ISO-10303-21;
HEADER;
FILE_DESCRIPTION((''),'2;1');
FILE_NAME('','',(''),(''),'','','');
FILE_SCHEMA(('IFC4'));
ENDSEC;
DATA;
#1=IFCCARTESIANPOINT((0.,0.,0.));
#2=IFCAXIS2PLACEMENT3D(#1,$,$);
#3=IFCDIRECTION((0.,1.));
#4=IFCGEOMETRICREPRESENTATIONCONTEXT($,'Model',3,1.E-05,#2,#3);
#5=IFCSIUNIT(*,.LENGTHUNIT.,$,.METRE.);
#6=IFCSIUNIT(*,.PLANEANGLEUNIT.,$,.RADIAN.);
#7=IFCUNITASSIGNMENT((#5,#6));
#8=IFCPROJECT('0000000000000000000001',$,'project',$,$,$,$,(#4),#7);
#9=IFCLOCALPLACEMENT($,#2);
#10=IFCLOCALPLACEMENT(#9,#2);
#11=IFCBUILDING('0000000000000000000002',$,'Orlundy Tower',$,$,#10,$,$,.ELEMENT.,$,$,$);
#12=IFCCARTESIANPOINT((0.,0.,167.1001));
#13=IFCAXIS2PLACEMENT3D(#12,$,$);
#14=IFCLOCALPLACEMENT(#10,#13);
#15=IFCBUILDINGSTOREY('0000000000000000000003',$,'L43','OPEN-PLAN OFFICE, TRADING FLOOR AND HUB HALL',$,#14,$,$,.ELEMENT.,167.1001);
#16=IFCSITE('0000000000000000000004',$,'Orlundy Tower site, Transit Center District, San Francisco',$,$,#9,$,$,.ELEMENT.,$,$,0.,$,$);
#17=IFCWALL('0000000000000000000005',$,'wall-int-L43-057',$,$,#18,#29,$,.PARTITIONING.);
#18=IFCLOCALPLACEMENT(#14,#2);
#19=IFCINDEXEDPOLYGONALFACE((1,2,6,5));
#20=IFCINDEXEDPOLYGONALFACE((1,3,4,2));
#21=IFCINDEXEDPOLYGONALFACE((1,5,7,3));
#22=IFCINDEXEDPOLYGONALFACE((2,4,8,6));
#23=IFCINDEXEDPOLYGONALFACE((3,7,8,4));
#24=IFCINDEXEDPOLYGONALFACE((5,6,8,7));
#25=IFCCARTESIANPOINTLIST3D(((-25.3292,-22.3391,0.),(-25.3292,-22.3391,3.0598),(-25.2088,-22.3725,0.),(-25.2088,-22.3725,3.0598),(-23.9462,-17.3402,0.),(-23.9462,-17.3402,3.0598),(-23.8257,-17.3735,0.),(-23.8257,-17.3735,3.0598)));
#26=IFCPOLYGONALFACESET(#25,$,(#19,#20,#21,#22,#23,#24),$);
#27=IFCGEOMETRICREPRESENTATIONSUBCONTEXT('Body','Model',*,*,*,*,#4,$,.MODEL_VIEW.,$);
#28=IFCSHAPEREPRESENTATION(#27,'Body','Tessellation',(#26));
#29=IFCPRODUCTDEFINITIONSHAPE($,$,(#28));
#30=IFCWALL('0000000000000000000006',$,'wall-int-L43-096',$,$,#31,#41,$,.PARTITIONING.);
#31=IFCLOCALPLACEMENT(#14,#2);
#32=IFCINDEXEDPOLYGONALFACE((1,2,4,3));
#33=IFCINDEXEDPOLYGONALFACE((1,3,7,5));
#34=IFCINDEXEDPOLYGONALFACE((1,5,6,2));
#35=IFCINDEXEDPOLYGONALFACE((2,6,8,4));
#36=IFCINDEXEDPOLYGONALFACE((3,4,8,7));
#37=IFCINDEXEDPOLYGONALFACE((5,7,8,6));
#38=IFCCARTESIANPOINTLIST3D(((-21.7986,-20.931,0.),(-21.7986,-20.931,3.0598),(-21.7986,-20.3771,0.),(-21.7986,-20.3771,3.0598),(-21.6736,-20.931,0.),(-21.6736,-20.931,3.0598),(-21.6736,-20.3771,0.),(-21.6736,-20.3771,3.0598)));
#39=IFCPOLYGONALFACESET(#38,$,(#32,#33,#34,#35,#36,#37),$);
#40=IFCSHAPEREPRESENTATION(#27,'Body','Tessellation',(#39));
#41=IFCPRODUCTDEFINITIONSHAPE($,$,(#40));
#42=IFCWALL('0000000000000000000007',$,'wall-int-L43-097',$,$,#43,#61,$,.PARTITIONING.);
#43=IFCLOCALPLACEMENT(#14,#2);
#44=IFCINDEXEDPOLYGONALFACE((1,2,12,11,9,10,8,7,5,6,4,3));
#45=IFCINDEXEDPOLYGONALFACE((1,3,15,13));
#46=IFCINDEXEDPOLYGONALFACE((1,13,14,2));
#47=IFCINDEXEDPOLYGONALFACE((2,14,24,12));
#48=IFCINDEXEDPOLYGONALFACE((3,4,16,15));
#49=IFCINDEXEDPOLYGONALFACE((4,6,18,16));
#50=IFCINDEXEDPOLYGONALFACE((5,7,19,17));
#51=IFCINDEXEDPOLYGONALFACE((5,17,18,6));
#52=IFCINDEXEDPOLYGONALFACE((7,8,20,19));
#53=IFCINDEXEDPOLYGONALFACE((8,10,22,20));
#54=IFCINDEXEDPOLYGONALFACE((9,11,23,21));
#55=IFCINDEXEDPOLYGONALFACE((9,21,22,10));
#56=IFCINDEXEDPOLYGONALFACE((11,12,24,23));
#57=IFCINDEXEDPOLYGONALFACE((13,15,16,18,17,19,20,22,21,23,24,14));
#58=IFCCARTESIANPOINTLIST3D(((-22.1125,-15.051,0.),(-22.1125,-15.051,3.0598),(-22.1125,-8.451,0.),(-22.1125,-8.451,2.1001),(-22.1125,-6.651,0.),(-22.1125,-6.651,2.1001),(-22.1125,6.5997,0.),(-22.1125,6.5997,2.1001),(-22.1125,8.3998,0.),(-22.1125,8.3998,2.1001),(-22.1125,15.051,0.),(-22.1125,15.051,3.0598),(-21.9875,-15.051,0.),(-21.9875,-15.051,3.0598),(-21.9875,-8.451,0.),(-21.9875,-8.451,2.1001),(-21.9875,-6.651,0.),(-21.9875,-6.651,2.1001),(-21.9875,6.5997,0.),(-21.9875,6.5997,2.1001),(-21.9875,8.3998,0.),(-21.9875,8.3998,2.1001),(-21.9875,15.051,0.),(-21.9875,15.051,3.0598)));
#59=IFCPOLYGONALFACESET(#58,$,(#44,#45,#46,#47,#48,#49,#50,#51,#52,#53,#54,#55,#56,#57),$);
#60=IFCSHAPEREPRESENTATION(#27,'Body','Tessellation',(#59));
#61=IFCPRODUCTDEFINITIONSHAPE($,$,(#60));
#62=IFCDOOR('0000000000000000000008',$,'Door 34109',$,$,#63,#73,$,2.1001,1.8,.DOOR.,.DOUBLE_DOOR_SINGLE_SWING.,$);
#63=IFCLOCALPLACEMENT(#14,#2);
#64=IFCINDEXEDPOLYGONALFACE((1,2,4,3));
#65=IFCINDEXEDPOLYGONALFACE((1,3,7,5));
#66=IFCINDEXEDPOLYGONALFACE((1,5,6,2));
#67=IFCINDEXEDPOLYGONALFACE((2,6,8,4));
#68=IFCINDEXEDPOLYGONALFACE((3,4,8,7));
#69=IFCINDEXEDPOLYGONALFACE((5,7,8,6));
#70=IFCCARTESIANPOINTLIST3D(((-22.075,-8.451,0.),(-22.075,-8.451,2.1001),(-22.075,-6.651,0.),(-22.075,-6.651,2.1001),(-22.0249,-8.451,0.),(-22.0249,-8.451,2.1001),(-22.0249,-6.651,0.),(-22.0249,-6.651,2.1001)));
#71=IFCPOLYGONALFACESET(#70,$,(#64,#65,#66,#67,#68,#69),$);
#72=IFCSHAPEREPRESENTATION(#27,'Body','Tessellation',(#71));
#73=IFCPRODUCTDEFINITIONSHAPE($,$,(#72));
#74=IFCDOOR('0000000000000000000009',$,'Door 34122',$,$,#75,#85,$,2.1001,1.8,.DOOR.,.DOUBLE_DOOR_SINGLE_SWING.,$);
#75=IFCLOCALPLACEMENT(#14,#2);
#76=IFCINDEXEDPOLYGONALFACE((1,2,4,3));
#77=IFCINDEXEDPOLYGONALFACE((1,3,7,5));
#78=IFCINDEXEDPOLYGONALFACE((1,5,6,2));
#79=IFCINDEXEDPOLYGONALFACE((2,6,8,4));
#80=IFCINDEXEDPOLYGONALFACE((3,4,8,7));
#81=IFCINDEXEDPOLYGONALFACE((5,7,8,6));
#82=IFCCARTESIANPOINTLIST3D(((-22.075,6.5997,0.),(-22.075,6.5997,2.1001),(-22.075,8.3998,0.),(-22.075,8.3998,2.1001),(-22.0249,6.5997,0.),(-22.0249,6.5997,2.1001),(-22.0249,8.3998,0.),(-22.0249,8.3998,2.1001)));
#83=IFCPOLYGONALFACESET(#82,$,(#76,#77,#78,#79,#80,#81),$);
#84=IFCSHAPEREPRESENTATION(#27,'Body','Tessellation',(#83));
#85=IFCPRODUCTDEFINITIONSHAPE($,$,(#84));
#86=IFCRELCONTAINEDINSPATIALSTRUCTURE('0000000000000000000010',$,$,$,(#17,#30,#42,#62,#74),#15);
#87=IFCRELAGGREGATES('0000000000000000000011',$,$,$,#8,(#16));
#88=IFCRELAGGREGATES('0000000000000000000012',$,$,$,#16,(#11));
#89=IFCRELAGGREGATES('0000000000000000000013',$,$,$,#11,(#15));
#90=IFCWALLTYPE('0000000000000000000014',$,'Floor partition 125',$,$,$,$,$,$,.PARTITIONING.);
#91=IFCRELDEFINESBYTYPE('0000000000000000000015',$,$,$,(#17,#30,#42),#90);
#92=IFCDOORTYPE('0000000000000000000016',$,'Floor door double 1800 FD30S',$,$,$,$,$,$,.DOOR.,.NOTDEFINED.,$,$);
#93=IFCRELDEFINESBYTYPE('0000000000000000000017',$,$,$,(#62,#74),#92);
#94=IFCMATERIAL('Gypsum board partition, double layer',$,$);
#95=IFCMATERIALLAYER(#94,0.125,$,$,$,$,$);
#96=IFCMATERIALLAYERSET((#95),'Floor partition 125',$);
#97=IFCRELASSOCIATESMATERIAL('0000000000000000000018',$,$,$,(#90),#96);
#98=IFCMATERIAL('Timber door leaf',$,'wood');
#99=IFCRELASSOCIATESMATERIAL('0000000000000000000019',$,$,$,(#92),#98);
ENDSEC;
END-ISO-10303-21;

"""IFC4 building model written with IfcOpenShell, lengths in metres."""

from ifc_helpers import new_model, si_unit, direction, frame, frame_2d, origin, place, context, subcontext, project, spatial, rectangle, extrude, material, layer, layer_set, type_object, element, fill, save


model = new_model("IFC4")

# Units and contexts
model_context = context("Model", 3, precision=1e-05, world=origin(), true_north=direction((0.0, 1.0)))
body_context = subcontext(model_context, "Body", "Model", "MODEL_VIEW")
ifc_project = project(units=[si_unit("LENGTHUNIT", "METRE"), si_unit("PLANEANGLEUNIT", "RADIAN")], contexts=[model_context])

# Site, building, storey
site_placement = place(None, origin())
site = spatial("IfcSite", under=ifc_project, at=site_placement, Name="Orlundy Tower site, Transit Center District, San Francisco", CompositionType="ELEMENT", RefElevation=0.0)
building_placement = place(site_placement, origin())
building = spatial("IfcBuilding", under=site, at=building_placement, Name="Orlundy Tower", CompositionType="ELEMENT")
storey_placement = place(building_placement, frame((0.0, 0.0, 167.1001)))
storey = spatial("IfcBuildingStorey", under=building, at=storey_placement, Name="L43", Description="OPEN-PLAN OFFICE, TRADING FLOOR AND HUB HALL", CompositionType="ELEMENT", Elevation=167.1001)

# Shared definitions
ifc_material_1 = material(Name="Gypsum board partition, double layer")
ifc_layer_1 = layer(ifc_material_1, 0.125)
ifc_layer_set_1 = layer_set([ifc_layer_1], Name="Floor partition 125")
wall_type = type_object("IfcWallType", Name="Floor partition 125", PredefinedType="PARTITIONING", material=ifc_layer_set_1)

# Walls
wall_1_placement = place(storey_placement, frame((-23.886, -17.3569, 0.0), z_axis=(0.0, 0.0, 1.0), x_axis=(-0.266648, -0.963794, 0.0)))
element("IfcWall", 1, at=wall_1_placement, inside=storey, type_object=wall_type, Name="wall-int-L43-057", PredefinedType="PARTITIONING", context=body_context, shape_type="SweptSolid", body=[
    extrude(rectangle(XDim=5.1868, YDim=0.125, at=frame_2d((2.5933, 0.0))), origin(), (0.0, 0.0, 1.0), 3.0598),
])
wall_2_placement = place(storey_placement, frame((-21.7361, -20.9309, 0.0), z_axis=(0.0, 0.0, 1.0), x_axis=(0.0, 1.0, 0.0)))
element("IfcWall", 2, at=wall_2_placement, inside=storey, type_object=wall_type, Name="wall-int-L43-096", PredefinedType="PARTITIONING", context=body_context, shape_type="SweptSolid", body=[
    extrude(rectangle(XDim=0.554, YDim=0.125, at=frame_2d((0.2769, 0.0))), origin(), (0.0, 0.0, 1.0), 3.0598),
])

# Wall, openings, doors
wall_3_placement = place(storey_placement, frame((-22.05, -15.051, 0.0), z_axis=(0.0, 0.0, 1.0), x_axis=(0.0, 1.0, 0.0)))
wall_3 = element("IfcWall", 3, at=wall_3_placement, inside=storey, type_object=wall_type, Name="wall-int-L43-097", PredefinedType="PARTITIONING", context=body_context, shape_type="SweptSolid", body=[
    extrude(rectangle(XDim=30.1021, YDim=0.125, at=frame_2d((15.051, 0.0))), origin(), (0.0, 0.0, 1.0), 3.0598),
])
opening_1_placement = place(wall_3_placement, frame((6.6001, 0.0, 0.0)))
opening_1 = element("IfcOpeningElement", 4, at=opening_1_placement, cuts=wall_3, PredefinedType="OPENING", context=body_context, shape_type="SweptSolid", body=[
    extrude(rectangle(XDim=1.8, YDim=2.1001, at=frame_2d((0.8999, 1.05))), frame((0.0, 0.0725, 0.0), z_axis=(0.0, -1.0, 0.0), x_axis=(1.0, 0.0, 0.0)), (0.0, 0.0, 1.0), 0.145),
])
opening_2_placement = place(wall_3_placement, frame((21.6509, 0.0, 0.0)))
opening_2 = element("IfcOpeningElement", 5, at=opening_2_placement, cuts=wall_3, PredefinedType="OPENING", context=body_context, shape_type="SweptSolid", body=[
    extrude(rectangle(XDim=1.8, YDim=2.1001, at=frame_2d((0.8999, 1.05))), frame((0.0, 0.0725, 0.0), z_axis=(0.0, -1.0, 0.0), x_axis=(1.0, 0.0, 0.0)), (0.0, 0.0, 1.0), 0.145),
])
ifc_material_2 = material(Name="Timber door leaf", Category="wood")
door_type_1 = type_object("IfcDoorType", Name="Floor door double 1800 FD30S", OperationType="NOTDEFINED", PredefinedType="DOOR", material=ifc_material_2)
door_1_placement = place(opening_1_placement, origin())
door_1 = element("IfcDoor", 6, at=door_1_placement, inside=storey, type_object=door_type_1, Name="Door 34109", OperationType="DOUBLE_DOOR_SINGLE_SWING", OverallHeight=2.1001, OverallWidth=1.8, PredefinedType="DOOR", context=body_context, shape_type="SweptSolid", body=[
    extrude(rectangle(XDim=1.8, YDim=2.1001, at=frame_2d((0.8999, 1.05))), frame((0.0, 0.0249, 0.0), z_axis=(0.0, -1.0, 0.0), x_axis=(1.0, 0.0, 0.0)), (0.0, 0.0, 1.0), 0.05),
])
fill(opening_1, door_1)
door_2_placement = place(opening_2_placement, origin())
door_2 = element("IfcDoor", 7, at=door_2_placement, inside=storey, type_object=door_type_1, Name="Door 34122", OperationType="DOUBLE_DOOR_SINGLE_SWING", OverallHeight=2.1001, OverallWidth=1.8, PredefinedType="DOOR", context=body_context, shape_type="SweptSolid", body=[
    extrude(rectangle(XDim=1.8, YDim=2.1001, at=frame_2d((0.8999, 1.05))), frame((0.0, 0.0249, 0.0), z_axis=(0.0, -1.0, 0.0), x_axis=(1.0, 0.0, 0.0)), (0.0, 0.0, 1.0), 0.05),
])
fill(opening_2, door_2)

save(model, "model.ifc")
